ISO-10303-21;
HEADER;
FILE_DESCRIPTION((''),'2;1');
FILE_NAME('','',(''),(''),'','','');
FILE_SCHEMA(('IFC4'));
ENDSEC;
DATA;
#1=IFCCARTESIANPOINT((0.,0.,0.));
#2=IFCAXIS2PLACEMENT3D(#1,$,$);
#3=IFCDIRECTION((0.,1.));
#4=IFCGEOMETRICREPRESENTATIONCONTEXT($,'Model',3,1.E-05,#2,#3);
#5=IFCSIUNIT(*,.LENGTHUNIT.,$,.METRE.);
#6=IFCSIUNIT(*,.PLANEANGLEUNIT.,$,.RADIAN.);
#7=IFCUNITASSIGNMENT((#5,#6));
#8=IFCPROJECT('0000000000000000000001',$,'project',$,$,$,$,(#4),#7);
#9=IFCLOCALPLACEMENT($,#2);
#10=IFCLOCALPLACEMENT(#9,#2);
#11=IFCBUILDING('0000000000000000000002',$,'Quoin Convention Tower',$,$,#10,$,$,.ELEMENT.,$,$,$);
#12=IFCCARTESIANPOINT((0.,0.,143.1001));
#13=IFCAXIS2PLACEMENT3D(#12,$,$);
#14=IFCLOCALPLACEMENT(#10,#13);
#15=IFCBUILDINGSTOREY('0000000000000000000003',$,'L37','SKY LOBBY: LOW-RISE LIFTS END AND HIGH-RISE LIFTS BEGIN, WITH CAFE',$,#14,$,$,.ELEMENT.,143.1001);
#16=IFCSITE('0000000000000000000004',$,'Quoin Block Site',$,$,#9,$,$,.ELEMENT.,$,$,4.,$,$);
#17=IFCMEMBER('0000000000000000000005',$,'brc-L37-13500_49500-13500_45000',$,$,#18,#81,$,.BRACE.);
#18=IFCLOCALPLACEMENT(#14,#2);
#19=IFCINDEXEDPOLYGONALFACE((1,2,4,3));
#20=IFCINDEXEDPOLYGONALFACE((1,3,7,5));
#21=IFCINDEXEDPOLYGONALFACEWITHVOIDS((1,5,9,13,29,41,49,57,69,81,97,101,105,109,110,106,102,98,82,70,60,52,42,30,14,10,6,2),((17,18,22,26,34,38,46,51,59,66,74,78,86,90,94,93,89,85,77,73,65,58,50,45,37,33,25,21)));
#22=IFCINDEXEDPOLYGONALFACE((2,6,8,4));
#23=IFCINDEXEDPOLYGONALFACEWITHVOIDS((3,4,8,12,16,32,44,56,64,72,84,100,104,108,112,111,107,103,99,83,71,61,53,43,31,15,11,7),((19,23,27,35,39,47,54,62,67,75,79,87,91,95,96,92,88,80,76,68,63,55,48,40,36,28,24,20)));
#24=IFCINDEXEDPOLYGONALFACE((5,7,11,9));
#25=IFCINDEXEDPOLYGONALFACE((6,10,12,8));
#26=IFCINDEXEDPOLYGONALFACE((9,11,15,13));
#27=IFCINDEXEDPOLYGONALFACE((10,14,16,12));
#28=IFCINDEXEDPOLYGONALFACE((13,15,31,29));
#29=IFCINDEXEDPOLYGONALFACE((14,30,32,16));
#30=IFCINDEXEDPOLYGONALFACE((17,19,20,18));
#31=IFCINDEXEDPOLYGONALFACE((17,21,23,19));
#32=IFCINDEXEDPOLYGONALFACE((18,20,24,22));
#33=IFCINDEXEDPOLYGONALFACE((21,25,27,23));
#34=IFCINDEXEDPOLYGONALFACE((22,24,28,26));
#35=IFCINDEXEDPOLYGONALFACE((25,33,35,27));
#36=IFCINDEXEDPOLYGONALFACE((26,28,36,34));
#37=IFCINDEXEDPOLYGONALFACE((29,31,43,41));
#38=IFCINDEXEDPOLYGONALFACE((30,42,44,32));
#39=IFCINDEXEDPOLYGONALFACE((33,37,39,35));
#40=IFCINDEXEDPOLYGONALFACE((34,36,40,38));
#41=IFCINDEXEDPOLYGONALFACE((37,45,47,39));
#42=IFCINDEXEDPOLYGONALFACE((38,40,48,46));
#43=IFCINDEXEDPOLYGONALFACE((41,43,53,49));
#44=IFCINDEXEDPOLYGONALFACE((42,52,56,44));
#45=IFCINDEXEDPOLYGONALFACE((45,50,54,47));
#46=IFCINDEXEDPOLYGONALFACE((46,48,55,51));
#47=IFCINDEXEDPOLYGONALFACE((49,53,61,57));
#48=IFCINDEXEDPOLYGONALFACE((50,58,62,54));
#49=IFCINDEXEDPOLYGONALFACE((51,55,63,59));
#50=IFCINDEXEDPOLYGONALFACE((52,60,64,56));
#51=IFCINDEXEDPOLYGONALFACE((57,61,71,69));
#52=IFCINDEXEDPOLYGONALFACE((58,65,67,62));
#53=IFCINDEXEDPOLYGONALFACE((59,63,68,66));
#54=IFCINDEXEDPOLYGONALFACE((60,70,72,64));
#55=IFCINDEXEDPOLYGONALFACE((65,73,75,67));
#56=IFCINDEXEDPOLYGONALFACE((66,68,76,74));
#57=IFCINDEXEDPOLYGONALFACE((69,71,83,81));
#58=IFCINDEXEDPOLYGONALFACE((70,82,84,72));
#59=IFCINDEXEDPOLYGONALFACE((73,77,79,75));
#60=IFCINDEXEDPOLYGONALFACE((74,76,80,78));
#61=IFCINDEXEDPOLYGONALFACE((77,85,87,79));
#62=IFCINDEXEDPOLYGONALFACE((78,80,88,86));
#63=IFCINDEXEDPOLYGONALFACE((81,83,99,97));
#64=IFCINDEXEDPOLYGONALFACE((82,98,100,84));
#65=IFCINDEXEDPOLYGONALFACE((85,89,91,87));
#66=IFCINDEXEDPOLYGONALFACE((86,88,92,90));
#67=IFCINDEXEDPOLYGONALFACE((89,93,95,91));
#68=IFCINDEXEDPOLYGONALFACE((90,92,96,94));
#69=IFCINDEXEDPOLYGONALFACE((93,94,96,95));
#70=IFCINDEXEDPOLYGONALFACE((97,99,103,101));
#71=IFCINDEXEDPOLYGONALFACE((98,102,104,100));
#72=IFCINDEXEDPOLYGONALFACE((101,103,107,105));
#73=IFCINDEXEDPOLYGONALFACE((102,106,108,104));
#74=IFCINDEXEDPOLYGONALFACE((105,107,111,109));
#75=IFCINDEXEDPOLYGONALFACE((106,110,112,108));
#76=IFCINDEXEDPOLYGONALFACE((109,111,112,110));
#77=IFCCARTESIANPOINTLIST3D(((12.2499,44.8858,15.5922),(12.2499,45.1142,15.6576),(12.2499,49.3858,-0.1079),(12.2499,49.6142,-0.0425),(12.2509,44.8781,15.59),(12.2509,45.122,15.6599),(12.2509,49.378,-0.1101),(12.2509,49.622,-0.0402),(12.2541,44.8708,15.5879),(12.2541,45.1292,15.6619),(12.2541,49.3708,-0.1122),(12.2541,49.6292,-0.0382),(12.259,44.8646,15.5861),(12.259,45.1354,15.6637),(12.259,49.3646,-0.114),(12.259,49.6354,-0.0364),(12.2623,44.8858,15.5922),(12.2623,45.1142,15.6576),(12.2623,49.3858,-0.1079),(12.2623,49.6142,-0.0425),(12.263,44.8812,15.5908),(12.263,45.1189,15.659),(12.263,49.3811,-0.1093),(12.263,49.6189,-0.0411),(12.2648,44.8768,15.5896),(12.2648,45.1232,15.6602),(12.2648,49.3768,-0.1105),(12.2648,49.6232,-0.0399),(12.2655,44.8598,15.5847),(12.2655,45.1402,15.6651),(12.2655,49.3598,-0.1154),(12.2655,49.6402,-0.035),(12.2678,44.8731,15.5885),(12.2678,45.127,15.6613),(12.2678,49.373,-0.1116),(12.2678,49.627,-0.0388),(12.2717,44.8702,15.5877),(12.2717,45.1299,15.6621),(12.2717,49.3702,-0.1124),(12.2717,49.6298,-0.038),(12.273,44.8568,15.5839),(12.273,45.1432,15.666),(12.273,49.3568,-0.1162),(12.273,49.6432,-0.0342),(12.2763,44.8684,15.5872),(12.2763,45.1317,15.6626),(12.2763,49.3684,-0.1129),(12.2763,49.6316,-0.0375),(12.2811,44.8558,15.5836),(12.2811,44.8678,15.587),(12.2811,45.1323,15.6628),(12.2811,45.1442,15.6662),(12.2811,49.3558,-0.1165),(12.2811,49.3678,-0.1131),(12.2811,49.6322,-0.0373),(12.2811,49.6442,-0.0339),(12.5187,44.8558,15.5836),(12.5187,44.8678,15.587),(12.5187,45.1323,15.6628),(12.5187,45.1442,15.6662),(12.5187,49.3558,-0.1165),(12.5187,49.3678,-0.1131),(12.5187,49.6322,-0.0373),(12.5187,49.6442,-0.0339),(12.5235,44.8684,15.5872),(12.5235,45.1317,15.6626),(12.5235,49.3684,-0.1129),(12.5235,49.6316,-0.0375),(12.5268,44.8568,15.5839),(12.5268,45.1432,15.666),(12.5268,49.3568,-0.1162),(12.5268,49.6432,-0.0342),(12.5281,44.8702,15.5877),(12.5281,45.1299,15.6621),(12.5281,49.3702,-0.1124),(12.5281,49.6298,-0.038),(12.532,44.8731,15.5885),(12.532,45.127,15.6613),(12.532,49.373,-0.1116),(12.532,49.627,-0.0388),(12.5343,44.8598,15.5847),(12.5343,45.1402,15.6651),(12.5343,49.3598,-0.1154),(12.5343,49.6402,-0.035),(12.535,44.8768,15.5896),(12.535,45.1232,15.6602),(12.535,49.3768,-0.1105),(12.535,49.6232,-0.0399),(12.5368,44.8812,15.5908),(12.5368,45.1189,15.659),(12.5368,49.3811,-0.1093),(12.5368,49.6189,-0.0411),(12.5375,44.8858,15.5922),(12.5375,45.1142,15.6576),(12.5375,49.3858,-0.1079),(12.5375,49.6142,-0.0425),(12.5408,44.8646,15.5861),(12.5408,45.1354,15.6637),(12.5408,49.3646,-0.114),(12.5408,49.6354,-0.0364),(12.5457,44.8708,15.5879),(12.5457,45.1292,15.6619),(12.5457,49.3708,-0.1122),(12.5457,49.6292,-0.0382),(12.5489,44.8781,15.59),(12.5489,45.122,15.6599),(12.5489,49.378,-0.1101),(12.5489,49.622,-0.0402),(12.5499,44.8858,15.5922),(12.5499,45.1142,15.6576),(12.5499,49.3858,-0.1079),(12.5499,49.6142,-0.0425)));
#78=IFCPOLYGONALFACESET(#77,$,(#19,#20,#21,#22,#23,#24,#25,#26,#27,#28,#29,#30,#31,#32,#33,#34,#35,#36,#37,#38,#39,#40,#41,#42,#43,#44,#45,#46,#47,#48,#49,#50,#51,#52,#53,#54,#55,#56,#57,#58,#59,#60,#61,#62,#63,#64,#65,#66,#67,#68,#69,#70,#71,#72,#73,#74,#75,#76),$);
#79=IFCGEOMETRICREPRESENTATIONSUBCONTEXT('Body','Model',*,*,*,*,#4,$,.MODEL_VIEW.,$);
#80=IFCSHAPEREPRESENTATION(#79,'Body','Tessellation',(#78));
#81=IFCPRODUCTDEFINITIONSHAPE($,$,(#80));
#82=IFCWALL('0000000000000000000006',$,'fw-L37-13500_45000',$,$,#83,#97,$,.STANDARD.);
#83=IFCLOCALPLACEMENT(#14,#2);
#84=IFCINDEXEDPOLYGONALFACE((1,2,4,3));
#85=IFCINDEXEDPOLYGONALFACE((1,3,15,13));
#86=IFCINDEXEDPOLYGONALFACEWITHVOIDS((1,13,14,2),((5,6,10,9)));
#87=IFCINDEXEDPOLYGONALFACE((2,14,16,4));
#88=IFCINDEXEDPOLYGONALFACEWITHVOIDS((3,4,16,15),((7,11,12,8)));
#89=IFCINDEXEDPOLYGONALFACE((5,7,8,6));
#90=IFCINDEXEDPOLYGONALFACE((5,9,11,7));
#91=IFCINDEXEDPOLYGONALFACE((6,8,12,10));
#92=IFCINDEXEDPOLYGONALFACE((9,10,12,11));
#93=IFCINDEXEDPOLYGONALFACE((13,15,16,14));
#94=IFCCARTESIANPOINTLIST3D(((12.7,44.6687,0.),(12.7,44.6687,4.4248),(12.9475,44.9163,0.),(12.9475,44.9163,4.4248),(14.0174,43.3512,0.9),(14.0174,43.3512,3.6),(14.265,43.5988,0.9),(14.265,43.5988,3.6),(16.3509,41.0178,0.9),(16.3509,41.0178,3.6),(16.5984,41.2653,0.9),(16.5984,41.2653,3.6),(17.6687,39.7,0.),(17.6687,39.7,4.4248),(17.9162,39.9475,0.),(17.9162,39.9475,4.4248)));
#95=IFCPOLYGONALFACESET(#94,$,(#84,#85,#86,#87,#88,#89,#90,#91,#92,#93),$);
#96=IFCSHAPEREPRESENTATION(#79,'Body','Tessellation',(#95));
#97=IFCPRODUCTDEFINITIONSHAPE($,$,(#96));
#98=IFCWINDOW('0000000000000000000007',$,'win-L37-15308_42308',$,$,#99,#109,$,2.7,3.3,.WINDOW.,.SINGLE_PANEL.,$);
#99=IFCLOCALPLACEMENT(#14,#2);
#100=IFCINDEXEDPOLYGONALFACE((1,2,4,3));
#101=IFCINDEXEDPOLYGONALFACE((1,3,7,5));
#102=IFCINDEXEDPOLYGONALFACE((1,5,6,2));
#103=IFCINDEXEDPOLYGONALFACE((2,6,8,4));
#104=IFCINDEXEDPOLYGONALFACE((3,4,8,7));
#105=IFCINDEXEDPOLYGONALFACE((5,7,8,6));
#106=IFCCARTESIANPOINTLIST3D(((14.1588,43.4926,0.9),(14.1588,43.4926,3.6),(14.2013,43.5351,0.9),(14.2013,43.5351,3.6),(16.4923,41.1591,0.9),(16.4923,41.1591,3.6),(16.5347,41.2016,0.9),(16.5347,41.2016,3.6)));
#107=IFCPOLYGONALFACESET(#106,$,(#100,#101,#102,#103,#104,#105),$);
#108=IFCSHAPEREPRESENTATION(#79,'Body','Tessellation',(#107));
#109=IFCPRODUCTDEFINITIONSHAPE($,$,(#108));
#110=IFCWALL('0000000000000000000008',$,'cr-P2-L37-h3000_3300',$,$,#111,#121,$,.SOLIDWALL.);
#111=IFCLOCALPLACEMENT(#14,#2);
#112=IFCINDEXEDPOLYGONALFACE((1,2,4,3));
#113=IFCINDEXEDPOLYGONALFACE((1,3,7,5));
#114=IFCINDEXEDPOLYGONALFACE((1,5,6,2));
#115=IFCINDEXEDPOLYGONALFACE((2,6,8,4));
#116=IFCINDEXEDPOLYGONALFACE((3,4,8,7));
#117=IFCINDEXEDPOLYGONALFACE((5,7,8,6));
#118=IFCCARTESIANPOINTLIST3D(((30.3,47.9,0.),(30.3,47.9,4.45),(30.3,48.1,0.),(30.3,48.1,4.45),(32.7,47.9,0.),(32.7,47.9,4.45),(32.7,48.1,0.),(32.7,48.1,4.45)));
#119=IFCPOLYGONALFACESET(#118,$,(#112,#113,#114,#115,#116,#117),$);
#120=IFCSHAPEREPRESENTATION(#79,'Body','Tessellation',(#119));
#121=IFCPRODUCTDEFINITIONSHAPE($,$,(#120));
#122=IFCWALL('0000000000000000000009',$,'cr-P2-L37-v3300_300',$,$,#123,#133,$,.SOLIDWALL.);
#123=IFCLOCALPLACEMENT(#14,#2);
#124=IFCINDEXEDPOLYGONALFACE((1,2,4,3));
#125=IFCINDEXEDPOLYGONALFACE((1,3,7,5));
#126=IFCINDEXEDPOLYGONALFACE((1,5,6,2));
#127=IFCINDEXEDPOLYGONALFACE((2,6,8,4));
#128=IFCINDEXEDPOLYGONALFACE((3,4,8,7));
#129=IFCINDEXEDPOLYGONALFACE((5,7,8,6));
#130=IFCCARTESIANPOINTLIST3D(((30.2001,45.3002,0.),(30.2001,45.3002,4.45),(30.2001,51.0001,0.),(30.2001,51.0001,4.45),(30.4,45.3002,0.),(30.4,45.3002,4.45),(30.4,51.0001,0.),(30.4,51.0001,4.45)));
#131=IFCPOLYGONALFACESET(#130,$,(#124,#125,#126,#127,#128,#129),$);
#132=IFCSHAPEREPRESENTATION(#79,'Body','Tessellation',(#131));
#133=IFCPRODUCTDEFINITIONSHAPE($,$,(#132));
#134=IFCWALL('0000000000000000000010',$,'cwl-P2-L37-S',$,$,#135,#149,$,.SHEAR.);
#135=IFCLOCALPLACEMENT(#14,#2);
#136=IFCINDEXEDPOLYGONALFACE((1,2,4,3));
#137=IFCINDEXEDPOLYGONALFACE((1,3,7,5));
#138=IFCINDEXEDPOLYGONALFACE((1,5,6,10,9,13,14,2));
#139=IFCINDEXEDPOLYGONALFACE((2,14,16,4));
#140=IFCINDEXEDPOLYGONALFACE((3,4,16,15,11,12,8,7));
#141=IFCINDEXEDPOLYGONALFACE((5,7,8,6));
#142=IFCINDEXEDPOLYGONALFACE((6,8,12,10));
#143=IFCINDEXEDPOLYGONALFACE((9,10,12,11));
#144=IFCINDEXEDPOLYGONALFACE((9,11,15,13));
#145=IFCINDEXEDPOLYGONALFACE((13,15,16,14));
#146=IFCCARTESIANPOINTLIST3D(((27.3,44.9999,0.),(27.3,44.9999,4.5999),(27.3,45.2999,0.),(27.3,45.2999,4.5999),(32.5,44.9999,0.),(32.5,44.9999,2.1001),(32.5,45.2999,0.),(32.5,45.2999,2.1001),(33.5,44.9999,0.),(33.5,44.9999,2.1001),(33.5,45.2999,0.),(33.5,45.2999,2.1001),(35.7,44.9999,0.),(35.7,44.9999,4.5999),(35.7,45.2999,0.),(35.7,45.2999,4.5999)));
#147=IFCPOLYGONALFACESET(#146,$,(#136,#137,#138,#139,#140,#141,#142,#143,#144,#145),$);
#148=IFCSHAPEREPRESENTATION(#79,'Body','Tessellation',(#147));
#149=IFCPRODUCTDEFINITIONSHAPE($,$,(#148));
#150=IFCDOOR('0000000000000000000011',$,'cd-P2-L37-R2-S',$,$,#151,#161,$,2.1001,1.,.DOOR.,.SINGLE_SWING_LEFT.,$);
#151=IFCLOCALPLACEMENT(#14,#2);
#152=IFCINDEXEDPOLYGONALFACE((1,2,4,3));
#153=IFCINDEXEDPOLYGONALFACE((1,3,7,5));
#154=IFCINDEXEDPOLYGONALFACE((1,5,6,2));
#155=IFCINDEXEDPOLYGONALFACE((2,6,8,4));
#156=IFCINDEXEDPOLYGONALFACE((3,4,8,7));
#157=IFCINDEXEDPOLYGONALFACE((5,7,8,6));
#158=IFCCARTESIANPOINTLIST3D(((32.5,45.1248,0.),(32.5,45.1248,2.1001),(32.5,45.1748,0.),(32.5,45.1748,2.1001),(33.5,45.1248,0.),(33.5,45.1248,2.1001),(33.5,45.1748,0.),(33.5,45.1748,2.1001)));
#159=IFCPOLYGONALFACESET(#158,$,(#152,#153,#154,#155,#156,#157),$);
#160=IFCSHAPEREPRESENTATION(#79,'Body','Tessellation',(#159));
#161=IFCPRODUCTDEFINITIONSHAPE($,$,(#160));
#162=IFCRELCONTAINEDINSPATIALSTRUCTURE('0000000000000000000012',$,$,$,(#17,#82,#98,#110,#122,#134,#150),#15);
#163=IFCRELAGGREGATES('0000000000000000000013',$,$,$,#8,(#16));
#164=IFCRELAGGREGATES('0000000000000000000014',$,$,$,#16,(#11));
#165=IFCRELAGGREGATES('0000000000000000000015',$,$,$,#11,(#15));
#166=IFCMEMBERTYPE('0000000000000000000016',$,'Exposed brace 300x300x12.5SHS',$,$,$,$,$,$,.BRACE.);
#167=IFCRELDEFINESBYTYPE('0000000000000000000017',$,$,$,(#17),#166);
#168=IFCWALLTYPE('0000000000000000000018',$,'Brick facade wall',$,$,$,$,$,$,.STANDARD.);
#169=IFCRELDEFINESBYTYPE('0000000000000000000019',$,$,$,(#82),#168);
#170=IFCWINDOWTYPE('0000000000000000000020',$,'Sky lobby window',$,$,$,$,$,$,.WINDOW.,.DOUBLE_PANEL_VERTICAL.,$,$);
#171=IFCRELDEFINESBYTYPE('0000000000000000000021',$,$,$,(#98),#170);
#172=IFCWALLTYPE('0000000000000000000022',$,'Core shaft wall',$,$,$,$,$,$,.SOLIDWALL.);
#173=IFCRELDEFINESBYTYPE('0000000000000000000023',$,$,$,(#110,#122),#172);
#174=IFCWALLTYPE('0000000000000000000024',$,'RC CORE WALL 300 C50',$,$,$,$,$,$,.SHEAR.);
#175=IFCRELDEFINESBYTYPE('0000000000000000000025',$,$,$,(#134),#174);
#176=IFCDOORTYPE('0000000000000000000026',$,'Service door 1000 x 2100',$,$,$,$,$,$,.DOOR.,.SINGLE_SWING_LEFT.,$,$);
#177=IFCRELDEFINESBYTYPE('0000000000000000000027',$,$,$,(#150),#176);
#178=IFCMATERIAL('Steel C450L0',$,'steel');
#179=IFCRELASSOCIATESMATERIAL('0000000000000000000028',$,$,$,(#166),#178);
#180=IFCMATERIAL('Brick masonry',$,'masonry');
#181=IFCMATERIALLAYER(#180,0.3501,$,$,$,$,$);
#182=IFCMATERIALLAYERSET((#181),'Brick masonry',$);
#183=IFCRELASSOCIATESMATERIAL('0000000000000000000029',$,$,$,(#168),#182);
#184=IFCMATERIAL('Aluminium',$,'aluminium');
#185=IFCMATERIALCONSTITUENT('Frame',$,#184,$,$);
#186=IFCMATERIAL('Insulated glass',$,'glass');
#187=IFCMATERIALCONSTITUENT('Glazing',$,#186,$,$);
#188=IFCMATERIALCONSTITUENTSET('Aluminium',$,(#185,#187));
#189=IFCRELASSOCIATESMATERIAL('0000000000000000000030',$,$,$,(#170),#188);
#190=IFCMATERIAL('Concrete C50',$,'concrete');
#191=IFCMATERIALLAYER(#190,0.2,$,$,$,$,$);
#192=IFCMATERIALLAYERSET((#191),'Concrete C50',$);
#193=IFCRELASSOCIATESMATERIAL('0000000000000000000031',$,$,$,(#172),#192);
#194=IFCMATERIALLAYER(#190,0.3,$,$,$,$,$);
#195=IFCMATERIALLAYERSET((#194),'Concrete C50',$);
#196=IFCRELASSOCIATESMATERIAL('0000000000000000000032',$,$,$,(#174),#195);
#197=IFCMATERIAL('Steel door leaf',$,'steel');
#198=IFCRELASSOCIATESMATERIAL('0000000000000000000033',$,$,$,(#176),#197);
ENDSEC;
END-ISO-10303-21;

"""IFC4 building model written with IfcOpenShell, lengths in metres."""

from ifc_helpers import new_model, si_unit, direction, frame, frame_2d, origin, origin_2d, place, context, subcontext, project, spatial, rectangle, hollow_rectangle, extrude, material, layer, layer_set, constituent, constituent_set, material_profile, profile_set, type_object, element, fill, save


model = new_model("IFC4")

# Units and contexts
model_context = context("Model", 3, precision=1e-05, world=origin(), true_north=direction((0.0, 1.0)))
body_context = subcontext(model_context, "Body", "Model", "MODEL_VIEW")
ifc_project = project(units=[si_unit("LENGTHUNIT", "METRE"), si_unit("PLANEANGLEUNIT", "RADIAN")], contexts=[model_context])

# Site, building, storey
site_placement = place(None, origin())
site = spatial("IfcSite", under=ifc_project, at=site_placement, Name="Quoin Block Site", CompositionType="ELEMENT", RefElevation=4.0)
building_placement = place(site_placement, origin())
building = spatial("IfcBuilding", under=site, at=building_placement, Name="Quoin Convention Tower", CompositionType="ELEMENT")
storey_placement = place(building_placement, frame((0.0, 0.0, 143.1001)))
storey = spatial("IfcBuildingStorey", under=building, at=storey_placement, Name="L37", Description="SKY LOBBY: LOW-RISE LIFTS END AND HIGH-RISE LIFTS BEGIN, WITH CAFE", CompositionType="ELEMENT", Elevation=143.1001)

# Shared definitions
ifc_material_1 = material(Name="Concrete C50", Category="concrete")

# Member
ifc_material_2 = material(Name="Steel C450L0", Category="steel")
ifc_material_profile_1 = material_profile(ifc_material_2, hollow_rectangle(XDim=0.3, YDim=0.3, WallThickness=0.0125, InnerFilletRadius=0.0188, OuterFilletRadius=0.0312, at=origin_2d()), Name="300x300x12.5SHS")
ifc_profile_set_1 = profile_set([ifc_material_profile_1], Name="Steel C450L0")
member_type = type_object("IfcMemberType", Name="Exposed brace 300x300x12.5SHS", PredefinedType="BRACE", material=ifc_profile_set_1)
member_placement = place(storey_placement, frame((12.3999, 49.5, -0.0752), z_axis=(0.0, -0.275527, 0.961293), x_axis=(1.0, 0.0, 0.0)))
element("IfcMember", 1, at=member_placement, inside=storey, type_object=member_type, Name="brc-L37-13500_49500-13500_45000", PredefinedType="BRACE", context=body_context, shape_type="SweptSolid", body=[
    extrude(hollow_rectangle(XDim=0.3, YDim=0.3, WallThickness=0.0125, InnerFilletRadius=0.0188, OuterFilletRadius=0.0312, at=origin_2d()), origin(), (0.0, 0.0, 1.0), 16.3323),
])

# Wall, opening, window
ifc_material_3 = material(Name="Brick masonry", Category="masonry")
ifc_layer_1 = layer(ifc_material_3, 0.3501)
ifc_layer_set_1 = layer_set([ifc_layer_1], Name="Brick masonry")
wall_type_1 = type_object("IfcWallType", Name="Brick facade wall", PredefinedType="STANDARD", material=ifc_layer_set_1)
wall_1_placement = place(storey_placement, frame((12.8237, 44.7925, 0.0), z_axis=(0.0, 0.0, 1.0), x_axis=(0.707107, -0.707107, 0.0)))
wall_1 = element("IfcWall", 2, at=wall_1_placement, inside=storey, type_object=wall_type_1, Name="fw-L37-13500_45000", PredefinedType="STANDARD", context=body_context, shape_type="SweptSolid", body=[
    extrude(rectangle(XDim=7.0269, YDim=0.3501, at=frame_2d((3.5134, 0.0))), origin(), (0.0, 0.0, 1.0), 4.4248),
])
opening_1_placement = place(wall_1_placement, frame((1.8633, 0.0, 0.8999)))
opening_1 = element("IfcOpeningElement", 3, at=opening_1_placement, cuts=wall_1, PredefinedType="OPENING", context=body_context, shape_type="SweptSolid", body=[
    extrude(rectangle(XDim=3.3, YDim=2.7, at=frame_2d((1.6499, 1.3501))), frame((0.0, 0.1851, 0.0), z_axis=(0.0, -1.0, 0.0), x_axis=(1.0, 0.0, 0.0)), (0.0, 0.0, 1.0), 0.3701),
])
ifc_material_4 = material(Name="Aluminium", Category="aluminium")
ifc_constituent_1 = constituent(ifc_material_4, Name="Frame")
ifc_material_5 = material(Name="Insulated glass", Category="glass")
ifc_constituent_2 = constituent(ifc_material_5, Name="Glazing")
ifc_constituent_set = constituent_set(constituents=[ifc_constituent_1, ifc_constituent_2], Name="Aluminium")
window_type = type_object("IfcWindowType", Name="Sky lobby window", PartitioningType="DOUBLE_PANEL_VERTICAL", PredefinedType="WINDOW", material=ifc_constituent_set)
window_placement = place(opening_1_placement, origin())
window = element("IfcWindow", 4, at=window_placement, inside=storey, type_object=window_type, Name="win-L37-15308_42308", OverallHeight=2.7, OverallWidth=3.3, PartitioningType="SINGLE_PANEL", PredefinedType="WINDOW", context=body_context, shape_type="SweptSolid", body=[
    extrude(rectangle(XDim=3.3, YDim=2.7, at=frame_2d((1.6499, 1.3501))), frame((0.0, 0.085, 0.0), z_axis=(0.0, -1.0, 0.0), x_axis=(1.0, 0.0, 0.0)), (0.0, 0.0, 1.0), 0.0601),
])
fill(opening_1, window)

# Walls
ifc_layer_2 = layer(ifc_material_1, 0.2)
ifc_layer_set_2 = layer_set([ifc_layer_2], Name="Concrete C50")
wall_type_2 = type_object("IfcWallType", Name="Core shaft wall", PredefinedType="SOLIDWALL", material=ifc_layer_set_2)
wall_2_placement = place(storey_placement, frame((30.3, 48.0, 0.0), z_axis=(0.0, 0.0, 1.0), x_axis=(1.0, 0.0, 0.0)))
element("IfcWall", 5, at=wall_2_placement, inside=storey, type_object=wall_type_2, Name="cr-P2-L37-h3000_3300", PredefinedType="SOLIDWALL", context=body_context, shape_type="SweptSolid", body=[
    extrude(rectangle(XDim=2.3999, YDim=0.2, at=frame_2d((1.2, 0.0))), origin(), (0.0, 0.0, 1.0), 4.45),
])
wall_3_placement = place(storey_placement, frame((30.3, 45.3, 0.0), z_axis=(0.0, 0.0, 1.0), x_axis=(0.0, 1.0, 0.0)))
element("IfcWall", 6, at=wall_3_placement, inside=storey, type_object=wall_type_2, Name="cr-P2-L37-v3300_300", PredefinedType="SOLIDWALL", context=body_context, shape_type="SweptSolid", body=[
    extrude(rectangle(XDim=5.7, YDim=0.2, at=frame_2d((2.8501, 0.0))), origin(), (0.0, 0.0, 1.0), 4.45),
])

# Wall, opening, door
ifc_layer_3 = layer(ifc_material_1, 0.3)
ifc_layer_set_3 = layer_set([ifc_layer_3], Name="Concrete C50")
wall_type_3 = type_object("IfcWallType", Name="RC CORE WALL 300 C50", PredefinedType="SHEAR", material=ifc_layer_set_3)
wall_4_placement = place(storey_placement, frame((27.3, 45.1499, 0.0), z_axis=(0.0, 0.0, 1.0), x_axis=(1.0, 0.0, 0.0)))
wall_4 = element("IfcWall", 7, at=wall_4_placement, inside=storey, type_object=wall_type_3, Name="cwl-P2-L37-S", PredefinedType="SHEAR", context=body_context, shape_type="SweptSolid", body=[
    extrude(rectangle(XDim=8.3999, YDim=0.3, at=frame_2d((4.2, 0.0))), origin(), (0.0, 0.0, 1.0), 4.5999),
])
opening_2_placement = place(wall_4_placement, frame((5.2, 0.0, 0.0)))
opening_2 = element("IfcOpeningElement", 8, at=opening_2_placement, cuts=wall_4, PredefinedType="OPENING", context=body_context, shape_type="SweptSolid", body=[
    extrude(rectangle(XDim=1.0, YDim=2.1001, at=frame_2d((0.5, 1.05))), frame((0.0, 0.1599, 0.0), z_axis=(0.0, -1.0, 0.0), x_axis=(1.0, 0.0, 0.0)), (0.0, 0.0, 1.0), 0.3201),
])
ifc_material_6 = material(Name="Steel door leaf", Category="steel")
door_type_1 = type_object("IfcDoorType", Name="Service door 1000 x 2100", OperationType="SINGLE_SWING_LEFT", PredefinedType="DOOR", material=ifc_material_6)
door_1_placement = place(opening_2_placement, origin())
door_1 = element("IfcDoor", 9, at=door_1_placement, inside=storey, type_object=door_type_1, Name="cd-P2-L37-R2-S", OperationType="SINGLE_SWING_LEFT", OverallHeight=2.1001, OverallWidth=1.0, PredefinedType="DOOR", context=body_context, shape_type="SweptSolid", body=[
    extrude(rectangle(XDim=1.0, YDim=2.1001, at=frame_2d((0.5, 1.05))), frame((0.0, 0.0249, 0.0), z_axis=(0.0, -1.0, 0.0), x_axis=(1.0, 0.0, 0.0)), (0.0, 0.0, 1.0), 0.05),
])
fill(opening_2, door_1)

save(model, "model.ifc")
